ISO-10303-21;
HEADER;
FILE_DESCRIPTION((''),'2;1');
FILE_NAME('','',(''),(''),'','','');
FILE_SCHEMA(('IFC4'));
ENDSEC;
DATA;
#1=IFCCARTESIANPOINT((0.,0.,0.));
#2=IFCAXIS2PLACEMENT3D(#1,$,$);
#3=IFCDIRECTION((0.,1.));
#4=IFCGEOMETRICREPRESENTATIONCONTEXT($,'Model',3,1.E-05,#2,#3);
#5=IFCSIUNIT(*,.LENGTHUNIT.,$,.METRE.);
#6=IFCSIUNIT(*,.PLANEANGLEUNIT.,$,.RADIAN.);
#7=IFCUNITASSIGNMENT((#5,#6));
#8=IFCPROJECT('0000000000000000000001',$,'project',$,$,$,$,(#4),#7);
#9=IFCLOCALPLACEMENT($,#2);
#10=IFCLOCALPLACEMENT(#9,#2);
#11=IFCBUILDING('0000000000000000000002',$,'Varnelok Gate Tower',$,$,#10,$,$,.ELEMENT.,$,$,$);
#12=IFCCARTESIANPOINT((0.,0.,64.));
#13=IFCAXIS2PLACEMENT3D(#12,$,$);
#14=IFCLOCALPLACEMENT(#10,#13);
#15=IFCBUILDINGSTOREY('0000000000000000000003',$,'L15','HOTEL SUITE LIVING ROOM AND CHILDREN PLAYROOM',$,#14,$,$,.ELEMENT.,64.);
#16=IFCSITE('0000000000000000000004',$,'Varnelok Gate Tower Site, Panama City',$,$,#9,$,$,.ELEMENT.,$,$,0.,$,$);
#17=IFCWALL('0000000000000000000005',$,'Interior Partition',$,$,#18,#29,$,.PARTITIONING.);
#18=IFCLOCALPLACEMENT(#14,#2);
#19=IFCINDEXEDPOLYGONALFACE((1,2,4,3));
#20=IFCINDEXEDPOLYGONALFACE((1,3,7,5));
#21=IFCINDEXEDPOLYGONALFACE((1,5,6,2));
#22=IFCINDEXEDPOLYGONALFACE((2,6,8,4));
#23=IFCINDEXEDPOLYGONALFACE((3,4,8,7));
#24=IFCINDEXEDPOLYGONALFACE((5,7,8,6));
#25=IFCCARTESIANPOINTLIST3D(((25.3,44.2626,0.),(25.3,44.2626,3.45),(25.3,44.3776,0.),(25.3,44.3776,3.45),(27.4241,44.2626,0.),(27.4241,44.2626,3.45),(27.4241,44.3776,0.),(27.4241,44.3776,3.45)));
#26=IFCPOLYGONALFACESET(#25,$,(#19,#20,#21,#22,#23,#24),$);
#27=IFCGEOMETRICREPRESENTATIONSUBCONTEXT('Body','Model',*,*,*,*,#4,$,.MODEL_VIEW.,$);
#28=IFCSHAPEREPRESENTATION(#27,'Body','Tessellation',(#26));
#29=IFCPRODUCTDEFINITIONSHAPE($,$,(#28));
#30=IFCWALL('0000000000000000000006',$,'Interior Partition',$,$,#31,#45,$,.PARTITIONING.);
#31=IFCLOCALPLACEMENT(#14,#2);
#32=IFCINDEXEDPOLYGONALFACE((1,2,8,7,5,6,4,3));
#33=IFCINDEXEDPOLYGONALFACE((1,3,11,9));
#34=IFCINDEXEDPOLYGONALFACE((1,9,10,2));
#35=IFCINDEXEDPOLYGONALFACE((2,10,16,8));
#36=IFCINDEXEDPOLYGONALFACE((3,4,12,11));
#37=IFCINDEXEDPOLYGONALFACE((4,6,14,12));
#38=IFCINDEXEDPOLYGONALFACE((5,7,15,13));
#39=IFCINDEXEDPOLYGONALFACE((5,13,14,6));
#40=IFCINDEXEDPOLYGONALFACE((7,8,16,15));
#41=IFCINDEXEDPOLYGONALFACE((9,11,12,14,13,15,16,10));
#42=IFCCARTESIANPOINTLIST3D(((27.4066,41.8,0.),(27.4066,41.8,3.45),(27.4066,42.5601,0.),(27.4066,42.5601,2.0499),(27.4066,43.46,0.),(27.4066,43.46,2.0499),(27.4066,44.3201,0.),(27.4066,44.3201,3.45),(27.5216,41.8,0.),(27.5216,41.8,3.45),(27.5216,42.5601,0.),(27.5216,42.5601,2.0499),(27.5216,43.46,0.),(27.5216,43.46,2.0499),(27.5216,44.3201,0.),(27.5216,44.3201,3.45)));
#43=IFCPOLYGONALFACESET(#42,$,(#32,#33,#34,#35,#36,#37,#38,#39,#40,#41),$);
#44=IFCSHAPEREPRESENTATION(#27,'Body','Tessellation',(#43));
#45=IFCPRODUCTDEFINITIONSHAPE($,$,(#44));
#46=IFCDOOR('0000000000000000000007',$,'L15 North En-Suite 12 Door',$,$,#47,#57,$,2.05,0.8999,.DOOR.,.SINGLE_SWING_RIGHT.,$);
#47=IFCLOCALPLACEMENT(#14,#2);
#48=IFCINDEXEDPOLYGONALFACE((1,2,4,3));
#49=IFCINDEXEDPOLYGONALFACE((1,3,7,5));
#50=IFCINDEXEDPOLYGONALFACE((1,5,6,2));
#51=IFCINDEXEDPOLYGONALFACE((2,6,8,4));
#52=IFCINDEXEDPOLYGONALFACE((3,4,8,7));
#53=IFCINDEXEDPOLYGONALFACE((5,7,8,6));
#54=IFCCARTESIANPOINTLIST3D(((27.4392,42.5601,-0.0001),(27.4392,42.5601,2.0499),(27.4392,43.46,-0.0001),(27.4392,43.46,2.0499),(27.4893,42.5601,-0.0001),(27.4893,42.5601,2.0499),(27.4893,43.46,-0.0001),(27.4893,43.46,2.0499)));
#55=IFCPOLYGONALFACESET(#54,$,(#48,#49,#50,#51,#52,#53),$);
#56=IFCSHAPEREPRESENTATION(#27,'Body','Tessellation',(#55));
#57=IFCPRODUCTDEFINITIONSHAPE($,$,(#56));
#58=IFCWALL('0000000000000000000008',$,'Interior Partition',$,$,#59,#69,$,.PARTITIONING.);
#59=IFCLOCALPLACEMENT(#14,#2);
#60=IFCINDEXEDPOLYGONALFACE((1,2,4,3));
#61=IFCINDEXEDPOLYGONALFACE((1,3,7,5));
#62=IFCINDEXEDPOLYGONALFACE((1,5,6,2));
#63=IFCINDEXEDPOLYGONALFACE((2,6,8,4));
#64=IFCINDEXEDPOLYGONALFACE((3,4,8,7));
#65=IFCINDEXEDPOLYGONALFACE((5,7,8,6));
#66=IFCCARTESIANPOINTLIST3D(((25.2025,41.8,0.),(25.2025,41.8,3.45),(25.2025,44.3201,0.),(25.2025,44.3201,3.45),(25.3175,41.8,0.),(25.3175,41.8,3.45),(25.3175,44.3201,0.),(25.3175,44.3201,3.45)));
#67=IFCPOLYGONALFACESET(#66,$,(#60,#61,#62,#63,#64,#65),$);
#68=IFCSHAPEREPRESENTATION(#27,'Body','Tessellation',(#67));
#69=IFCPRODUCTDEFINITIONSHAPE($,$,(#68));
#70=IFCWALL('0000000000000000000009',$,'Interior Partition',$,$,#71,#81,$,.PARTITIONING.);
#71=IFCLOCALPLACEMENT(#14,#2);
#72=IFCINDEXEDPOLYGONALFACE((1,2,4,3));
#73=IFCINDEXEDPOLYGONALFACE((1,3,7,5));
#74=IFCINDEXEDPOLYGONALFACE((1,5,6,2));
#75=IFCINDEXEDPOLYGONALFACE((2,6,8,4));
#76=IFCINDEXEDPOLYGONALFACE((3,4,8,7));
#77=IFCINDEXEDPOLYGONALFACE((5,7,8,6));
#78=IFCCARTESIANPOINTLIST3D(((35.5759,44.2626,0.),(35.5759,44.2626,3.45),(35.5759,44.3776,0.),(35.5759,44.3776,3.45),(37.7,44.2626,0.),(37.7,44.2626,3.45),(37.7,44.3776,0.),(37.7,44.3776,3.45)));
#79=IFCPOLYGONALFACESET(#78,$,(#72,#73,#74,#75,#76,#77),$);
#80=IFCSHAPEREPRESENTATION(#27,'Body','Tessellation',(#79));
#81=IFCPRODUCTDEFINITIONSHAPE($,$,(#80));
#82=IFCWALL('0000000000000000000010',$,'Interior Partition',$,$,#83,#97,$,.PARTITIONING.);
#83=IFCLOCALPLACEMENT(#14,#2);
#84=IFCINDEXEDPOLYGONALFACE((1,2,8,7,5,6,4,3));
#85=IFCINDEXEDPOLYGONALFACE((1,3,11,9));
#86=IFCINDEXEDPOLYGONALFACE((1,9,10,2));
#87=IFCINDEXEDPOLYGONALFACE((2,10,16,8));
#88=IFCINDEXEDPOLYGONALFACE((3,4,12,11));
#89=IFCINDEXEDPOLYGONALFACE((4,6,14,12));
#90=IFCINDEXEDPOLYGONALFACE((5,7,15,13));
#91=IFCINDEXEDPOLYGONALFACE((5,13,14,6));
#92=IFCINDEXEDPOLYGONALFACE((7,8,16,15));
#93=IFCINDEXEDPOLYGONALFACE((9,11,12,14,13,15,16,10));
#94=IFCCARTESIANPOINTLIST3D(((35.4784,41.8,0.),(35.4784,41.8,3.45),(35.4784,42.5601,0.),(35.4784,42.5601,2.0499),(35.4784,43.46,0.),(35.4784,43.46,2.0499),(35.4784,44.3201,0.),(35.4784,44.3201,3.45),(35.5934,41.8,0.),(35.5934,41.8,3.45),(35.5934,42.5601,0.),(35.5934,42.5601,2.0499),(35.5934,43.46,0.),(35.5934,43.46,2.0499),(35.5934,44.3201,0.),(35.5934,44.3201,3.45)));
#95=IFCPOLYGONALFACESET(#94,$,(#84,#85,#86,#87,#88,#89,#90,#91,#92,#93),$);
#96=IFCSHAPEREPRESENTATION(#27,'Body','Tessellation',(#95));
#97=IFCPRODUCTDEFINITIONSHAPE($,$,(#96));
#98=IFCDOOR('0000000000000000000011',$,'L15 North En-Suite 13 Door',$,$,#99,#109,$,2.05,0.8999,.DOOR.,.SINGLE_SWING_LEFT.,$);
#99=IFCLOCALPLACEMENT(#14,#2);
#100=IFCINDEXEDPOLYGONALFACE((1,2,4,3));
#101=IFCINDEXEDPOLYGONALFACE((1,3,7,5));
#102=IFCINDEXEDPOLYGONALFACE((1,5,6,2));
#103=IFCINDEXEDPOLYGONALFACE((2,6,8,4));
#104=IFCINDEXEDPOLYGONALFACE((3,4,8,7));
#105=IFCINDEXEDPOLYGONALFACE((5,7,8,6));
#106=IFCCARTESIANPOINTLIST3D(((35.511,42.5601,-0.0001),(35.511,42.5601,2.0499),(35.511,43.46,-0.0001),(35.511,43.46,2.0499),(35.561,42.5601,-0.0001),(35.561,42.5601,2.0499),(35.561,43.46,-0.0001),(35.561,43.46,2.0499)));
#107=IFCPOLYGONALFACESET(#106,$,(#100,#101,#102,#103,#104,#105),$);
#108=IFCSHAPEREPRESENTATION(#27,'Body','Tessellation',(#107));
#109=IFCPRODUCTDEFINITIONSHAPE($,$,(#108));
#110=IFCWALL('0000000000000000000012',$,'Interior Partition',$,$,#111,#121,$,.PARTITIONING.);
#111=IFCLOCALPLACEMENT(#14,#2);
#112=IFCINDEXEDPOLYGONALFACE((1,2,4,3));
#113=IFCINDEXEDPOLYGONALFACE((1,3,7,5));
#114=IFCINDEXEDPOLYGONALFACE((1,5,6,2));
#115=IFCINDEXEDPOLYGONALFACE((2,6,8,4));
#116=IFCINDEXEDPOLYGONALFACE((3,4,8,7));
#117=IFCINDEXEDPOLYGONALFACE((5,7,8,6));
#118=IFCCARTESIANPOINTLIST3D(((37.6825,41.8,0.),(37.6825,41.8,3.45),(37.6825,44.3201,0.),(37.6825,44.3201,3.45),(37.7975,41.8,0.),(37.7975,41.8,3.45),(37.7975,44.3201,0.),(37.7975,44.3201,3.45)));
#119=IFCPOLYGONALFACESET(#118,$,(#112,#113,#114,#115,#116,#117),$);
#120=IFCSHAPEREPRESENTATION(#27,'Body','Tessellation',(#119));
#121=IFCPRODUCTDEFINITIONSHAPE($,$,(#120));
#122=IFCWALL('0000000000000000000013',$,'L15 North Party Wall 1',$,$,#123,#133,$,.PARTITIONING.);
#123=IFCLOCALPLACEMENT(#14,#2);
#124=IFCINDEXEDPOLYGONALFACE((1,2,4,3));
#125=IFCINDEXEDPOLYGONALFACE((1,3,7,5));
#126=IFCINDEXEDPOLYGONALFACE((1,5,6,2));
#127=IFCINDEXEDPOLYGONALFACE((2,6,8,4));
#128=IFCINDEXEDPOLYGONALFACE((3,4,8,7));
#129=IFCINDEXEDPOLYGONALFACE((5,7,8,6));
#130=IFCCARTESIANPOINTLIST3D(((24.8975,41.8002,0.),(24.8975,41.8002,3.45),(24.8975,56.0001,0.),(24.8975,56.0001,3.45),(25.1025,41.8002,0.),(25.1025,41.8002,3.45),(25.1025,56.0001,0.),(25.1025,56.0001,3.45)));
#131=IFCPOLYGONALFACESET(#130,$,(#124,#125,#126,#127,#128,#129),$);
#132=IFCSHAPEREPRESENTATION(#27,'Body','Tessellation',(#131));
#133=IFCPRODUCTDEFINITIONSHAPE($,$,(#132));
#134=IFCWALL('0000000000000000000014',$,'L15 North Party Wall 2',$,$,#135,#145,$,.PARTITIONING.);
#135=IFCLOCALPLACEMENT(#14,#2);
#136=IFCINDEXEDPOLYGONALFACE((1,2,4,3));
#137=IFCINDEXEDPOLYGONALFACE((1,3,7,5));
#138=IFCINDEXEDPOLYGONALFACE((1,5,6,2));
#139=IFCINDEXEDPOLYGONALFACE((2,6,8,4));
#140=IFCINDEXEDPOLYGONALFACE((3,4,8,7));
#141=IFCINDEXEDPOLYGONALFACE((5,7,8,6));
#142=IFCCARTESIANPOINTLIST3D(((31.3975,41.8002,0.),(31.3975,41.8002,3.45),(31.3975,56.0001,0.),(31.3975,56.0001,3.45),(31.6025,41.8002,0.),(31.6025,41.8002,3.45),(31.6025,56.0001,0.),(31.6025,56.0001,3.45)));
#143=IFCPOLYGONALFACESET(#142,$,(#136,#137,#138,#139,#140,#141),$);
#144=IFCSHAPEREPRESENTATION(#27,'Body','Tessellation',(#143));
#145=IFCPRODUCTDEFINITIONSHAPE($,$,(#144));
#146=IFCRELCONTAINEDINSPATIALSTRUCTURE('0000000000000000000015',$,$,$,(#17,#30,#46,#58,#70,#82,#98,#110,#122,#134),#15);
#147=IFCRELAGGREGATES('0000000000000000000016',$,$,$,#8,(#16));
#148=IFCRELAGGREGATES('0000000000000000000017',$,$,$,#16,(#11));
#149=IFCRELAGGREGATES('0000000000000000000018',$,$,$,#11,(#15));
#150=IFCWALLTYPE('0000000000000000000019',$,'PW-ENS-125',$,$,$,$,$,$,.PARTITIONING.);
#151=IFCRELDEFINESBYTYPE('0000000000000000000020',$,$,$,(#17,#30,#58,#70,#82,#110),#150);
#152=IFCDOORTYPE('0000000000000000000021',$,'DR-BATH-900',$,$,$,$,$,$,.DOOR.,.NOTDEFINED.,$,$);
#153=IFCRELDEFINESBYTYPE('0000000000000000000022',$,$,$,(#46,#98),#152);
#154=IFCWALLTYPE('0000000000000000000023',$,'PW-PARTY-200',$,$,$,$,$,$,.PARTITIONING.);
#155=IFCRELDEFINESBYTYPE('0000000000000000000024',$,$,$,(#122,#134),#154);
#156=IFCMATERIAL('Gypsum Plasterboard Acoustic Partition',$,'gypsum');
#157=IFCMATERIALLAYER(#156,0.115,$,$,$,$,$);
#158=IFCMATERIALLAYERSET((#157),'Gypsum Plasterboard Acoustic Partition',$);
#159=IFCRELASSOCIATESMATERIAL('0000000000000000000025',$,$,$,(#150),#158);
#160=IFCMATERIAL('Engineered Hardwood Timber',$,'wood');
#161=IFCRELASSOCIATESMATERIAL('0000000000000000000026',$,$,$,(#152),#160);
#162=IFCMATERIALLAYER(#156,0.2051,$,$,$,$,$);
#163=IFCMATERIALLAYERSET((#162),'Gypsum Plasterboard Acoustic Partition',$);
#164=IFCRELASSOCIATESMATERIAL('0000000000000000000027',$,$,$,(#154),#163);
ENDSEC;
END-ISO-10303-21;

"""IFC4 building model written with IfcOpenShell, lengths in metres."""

from ifc_helpers import new_model, si_unit, direction, frame, frame_2d, origin, place, context, subcontext, project, spatial, rectangle, extrude, material, layer, layer_set, type_object, element, fill, save


model = new_model("IFC4")

# Units and contexts
model_context = context("Model", 3, precision=1e-05, world=origin(), true_north=direction((0.0, 1.0)))
body_context = subcontext(model_context, "Body", "Model", "MODEL_VIEW")
ifc_project = project(units=[si_unit("LENGTHUNIT", "METRE"), si_unit("PLANEANGLEUNIT", "RADIAN")], contexts=[model_context])

# Site, building, storey
site_placement = place(None, origin())
site = spatial("IfcSite", under=ifc_project, at=site_placement, Name="Varnelok Gate Tower Site, Panama City", CompositionType="ELEMENT", RefElevation=0.0)
building_placement = place(site_placement, origin())
building = spatial("IfcBuilding", under=site, at=building_placement, Name="Varnelok Gate Tower", CompositionType="ELEMENT")
storey_placement = place(building_placement, frame((0.0, 0.0, 64.0)))
storey = spatial("IfcBuildingStorey", under=building, at=storey_placement, Name="L15", Description="HOTEL SUITE LIVING ROOM AND CHILDREN PLAYROOM", CompositionType="ELEMENT", Elevation=64.0)

# Shared definitions
ifc_material_1 = material(Name="Gypsum Plasterboard Acoustic Partition", Category="gypsum")
ifc_material_2 = material(Name="Engineered Hardwood Timber", Category="wood")

# Shared definitions
ifc_layer_1 = layer(ifc_material_1, 0.115)
ifc_layer_set_1 = layer_set([ifc_layer_1], Name="Gypsum Plasterboard Acoustic Partition")
wall_type_1 = type_object("IfcWallType", Name="PW-ENS-125", PredefinedType="PARTITIONING", material=ifc_layer_set_1)

# Shared definitions
door_type_1 = type_object("IfcDoorType", Name="DR-BATH-900", OperationType="NOTDEFINED", PredefinedType="DOOR", material=ifc_material_2)

# Wall
wall_1_placement = place(storey_placement, frame((25.3, 44.3201, 0.0), z_axis=(0.0, 0.0, 1.0), x_axis=(1.0, 0.0, 0.0)))
element("IfcWall", 1, at=wall_1_placement, inside=storey, type_object=wall_type_1, Name="Interior Partition", PredefinedType="PARTITIONING", context=body_context, shape_type="SweptSolid", body=[
    extrude(rectangle(XDim=2.124, YDim=0.115, at=frame_2d((1.062, 0.0))), origin(), (0.0, 0.0, 1.0), 3.45),
])

# Wall, opening, door
wall_2_placement = place(storey_placement, frame((27.4641, 41.8, 0.0), z_axis=(0.0, 0.0, 1.0), x_axis=(0.0, 1.0, 0.0)))
wall_2 = element("IfcWall", 2, at=wall_2_placement, inside=storey, type_object=wall_type_1, Name="Interior Partition", PredefinedType="PARTITIONING", context=body_context, shape_type="SweptSolid", body=[
    extrude(rectangle(XDim=2.52, YDim=0.115, at=frame_2d((1.26, 0.0))), origin(), (0.0, 0.0, 1.0), 3.45),
])
opening_1_placement = place(wall_2_placement, frame((0.76, 0.0, 0.0)))
opening_1 = element("IfcOpeningElement", 3, at=opening_1_placement, cuts=wall_2, PredefinedType="OPENING", context=body_context, shape_type="SweptSolid", body=[
    extrude(rectangle(XDim=0.8999, YDim=2.05, at=frame_2d((0.45, 1.0249))), frame((0.0, 0.0674, 0.0), z_axis=(0.0, -1.0, 0.0), x_axis=(1.0, 0.0, 0.0)), (0.0, 0.0, 1.0), 0.135),
])
door_1_placement = place(opening_1_placement, origin())
door_1 = element("IfcDoor", 4, at=door_1_placement, inside=storey, type_object=door_type_1, Name="L15 North En-Suite 12 Door", OperationType="SINGLE_SWING_RIGHT", OverallHeight=2.05, OverallWidth=0.8999, PredefinedType="DOOR", context=body_context, shape_type="SweptSolid", body=[
    extrude(rectangle(XDim=0.8999, YDim=2.05, at=frame_2d((0.45, 1.0249))), frame((0.0, 0.0249, 0.0), z_axis=(0.0, -1.0, 0.0), x_axis=(1.0, 0.0, 0.0)), (0.0, 0.0, 1.0), 0.05),
])
fill(opening_1, door_1)

# Walls
wall_3_placement = place(storey_placement, frame((25.26, 41.8, 0.0), z_axis=(0.0, 0.0, 1.0), x_axis=(0.0, 1.0, 0.0)))
element("IfcWall", 5, at=wall_3_placement, inside=storey, type_object=wall_type_1, Name="Interior Partition", PredefinedType="PARTITIONING", context=body_context, shape_type="SweptSolid", body=[
    extrude(rectangle(XDim=2.52, YDim=0.115, at=frame_2d((1.26, 0.0))), origin(), (0.0, 0.0, 1.0), 3.45),
])
wall_4_placement = place(storey_placement, frame((35.5759, 44.3201, 0.0), z_axis=(0.0, 0.0, 1.0), x_axis=(1.0, 0.0, 0.0)))
element("IfcWall", 6, at=wall_4_placement, inside=storey, type_object=wall_type_1, Name="Interior Partition", PredefinedType="PARTITIONING", context=body_context, shape_type="SweptSolid", body=[
    extrude(rectangle(XDim=2.124, YDim=0.115, at=frame_2d((1.062, 0.0))), origin(), (0.0, 0.0, 1.0), 3.45),
])

# Wall, opening, door
wall_5_placement = place(storey_placement, frame((35.5359, 41.8, 0.0), z_axis=(0.0, 0.0, 1.0), x_axis=(0.0, 1.0, 0.0)))
wall_5 = element("IfcWall", 7, at=wall_5_placement, inside=storey, type_object=wall_type_1, Name="Interior Partition", PredefinedType="PARTITIONING", context=body_context, shape_type="SweptSolid", body=[
    extrude(rectangle(XDim=2.52, YDim=0.115, at=frame_2d((1.26, 0.0))), origin(), (0.0, 0.0, 1.0), 3.45),
])
opening_2_placement = place(wall_5_placement, frame((0.76, 0.0, 0.0)))
opening_2 = element("IfcOpeningElement", 8, at=opening_2_placement, cuts=wall_5, PredefinedType="OPENING", context=body_context, shape_type="SweptSolid", body=[
    extrude(rectangle(XDim=0.8999, YDim=2.05, at=frame_2d((0.45, 1.0249))), frame((0.0, 0.0674, 0.0), z_axis=(0.0, -1.0, 0.0), x_axis=(1.0, 0.0, 0.0)), (0.0, 0.0, 1.0), 0.135),
])
door_2_placement = place(opening_2_placement, origin())
door_2 = element("IfcDoor", 9, at=door_2_placement, inside=storey, type_object=door_type_1, Name="L15 North En-Suite 13 Door", OperationType="SINGLE_SWING_LEFT", OverallHeight=2.05, OverallWidth=0.8999, PredefinedType="DOOR", context=body_context, shape_type="SweptSolid", body=[
    extrude(rectangle(XDim=0.8999, YDim=2.05, at=frame_2d((0.45, 1.0249))), frame((0.0, 0.0249, 0.0), z_axis=(0.0, -1.0, 0.0), x_axis=(1.0, 0.0, 0.0)), (0.0, 0.0, 1.0), 0.05),
])
fill(opening_2, door_2)

# Walls
wall_6_placement = place(storey_placement, frame((37.74, 41.8, 0.0), z_axis=(0.0, 0.0, 1.0), x_axis=(0.0, 1.0, 0.0)))
element("IfcWall", 10, at=wall_6_placement, inside=storey, type_object=wall_type_1, Name="Interior Partition", PredefinedType="PARTITIONING", context=body_context, shape_type="SweptSolid", body=[
    extrude(rectangle(XDim=2.52, YDim=0.115, at=frame_2d((1.26, 0.0))), origin(), (0.0, 0.0, 1.0), 3.45),
])
ifc_layer_2 = layer(ifc_material_1, 0.2051)
ifc_layer_set_2 = layer_set([ifc_layer_2], Name="Gypsum Plasterboard Acoustic Partition")
wall_type_2 = type_object("IfcWallType", Name="PW-PARTY-200", PredefinedType="PARTITIONING", material=ifc_layer_set_2)
for number, where, z_axis, x_axis, name in (
    (11, (25.0, 41.8, 0.0), (0.0, 0.0, 1.0), (0.0, 1.0, 0.0), "L15 North Party Wall 1"),
    (12, (31.5, 41.8, 0.0), (0.0, 0.0, 1.0), (0.0, 1.0, 0.0), "L15 North Party Wall 2"),
):
    element("IfcWall", number, at=place(storey_placement, frame(where, z_axis=z_axis, x_axis=x_axis)), inside=storey, type_object=wall_type_2, Name=name, PredefinedType="PARTITIONING", context=body_context, shape_type="SweptSolid", body=[
        extrude(rectangle(XDim=14.2, YDim=0.2051, at=frame_2d((7.1001, 0.0))), origin(), (0.0, 0.0, 1.0), 3.45),
    ])

save(model, "model.ifc")
